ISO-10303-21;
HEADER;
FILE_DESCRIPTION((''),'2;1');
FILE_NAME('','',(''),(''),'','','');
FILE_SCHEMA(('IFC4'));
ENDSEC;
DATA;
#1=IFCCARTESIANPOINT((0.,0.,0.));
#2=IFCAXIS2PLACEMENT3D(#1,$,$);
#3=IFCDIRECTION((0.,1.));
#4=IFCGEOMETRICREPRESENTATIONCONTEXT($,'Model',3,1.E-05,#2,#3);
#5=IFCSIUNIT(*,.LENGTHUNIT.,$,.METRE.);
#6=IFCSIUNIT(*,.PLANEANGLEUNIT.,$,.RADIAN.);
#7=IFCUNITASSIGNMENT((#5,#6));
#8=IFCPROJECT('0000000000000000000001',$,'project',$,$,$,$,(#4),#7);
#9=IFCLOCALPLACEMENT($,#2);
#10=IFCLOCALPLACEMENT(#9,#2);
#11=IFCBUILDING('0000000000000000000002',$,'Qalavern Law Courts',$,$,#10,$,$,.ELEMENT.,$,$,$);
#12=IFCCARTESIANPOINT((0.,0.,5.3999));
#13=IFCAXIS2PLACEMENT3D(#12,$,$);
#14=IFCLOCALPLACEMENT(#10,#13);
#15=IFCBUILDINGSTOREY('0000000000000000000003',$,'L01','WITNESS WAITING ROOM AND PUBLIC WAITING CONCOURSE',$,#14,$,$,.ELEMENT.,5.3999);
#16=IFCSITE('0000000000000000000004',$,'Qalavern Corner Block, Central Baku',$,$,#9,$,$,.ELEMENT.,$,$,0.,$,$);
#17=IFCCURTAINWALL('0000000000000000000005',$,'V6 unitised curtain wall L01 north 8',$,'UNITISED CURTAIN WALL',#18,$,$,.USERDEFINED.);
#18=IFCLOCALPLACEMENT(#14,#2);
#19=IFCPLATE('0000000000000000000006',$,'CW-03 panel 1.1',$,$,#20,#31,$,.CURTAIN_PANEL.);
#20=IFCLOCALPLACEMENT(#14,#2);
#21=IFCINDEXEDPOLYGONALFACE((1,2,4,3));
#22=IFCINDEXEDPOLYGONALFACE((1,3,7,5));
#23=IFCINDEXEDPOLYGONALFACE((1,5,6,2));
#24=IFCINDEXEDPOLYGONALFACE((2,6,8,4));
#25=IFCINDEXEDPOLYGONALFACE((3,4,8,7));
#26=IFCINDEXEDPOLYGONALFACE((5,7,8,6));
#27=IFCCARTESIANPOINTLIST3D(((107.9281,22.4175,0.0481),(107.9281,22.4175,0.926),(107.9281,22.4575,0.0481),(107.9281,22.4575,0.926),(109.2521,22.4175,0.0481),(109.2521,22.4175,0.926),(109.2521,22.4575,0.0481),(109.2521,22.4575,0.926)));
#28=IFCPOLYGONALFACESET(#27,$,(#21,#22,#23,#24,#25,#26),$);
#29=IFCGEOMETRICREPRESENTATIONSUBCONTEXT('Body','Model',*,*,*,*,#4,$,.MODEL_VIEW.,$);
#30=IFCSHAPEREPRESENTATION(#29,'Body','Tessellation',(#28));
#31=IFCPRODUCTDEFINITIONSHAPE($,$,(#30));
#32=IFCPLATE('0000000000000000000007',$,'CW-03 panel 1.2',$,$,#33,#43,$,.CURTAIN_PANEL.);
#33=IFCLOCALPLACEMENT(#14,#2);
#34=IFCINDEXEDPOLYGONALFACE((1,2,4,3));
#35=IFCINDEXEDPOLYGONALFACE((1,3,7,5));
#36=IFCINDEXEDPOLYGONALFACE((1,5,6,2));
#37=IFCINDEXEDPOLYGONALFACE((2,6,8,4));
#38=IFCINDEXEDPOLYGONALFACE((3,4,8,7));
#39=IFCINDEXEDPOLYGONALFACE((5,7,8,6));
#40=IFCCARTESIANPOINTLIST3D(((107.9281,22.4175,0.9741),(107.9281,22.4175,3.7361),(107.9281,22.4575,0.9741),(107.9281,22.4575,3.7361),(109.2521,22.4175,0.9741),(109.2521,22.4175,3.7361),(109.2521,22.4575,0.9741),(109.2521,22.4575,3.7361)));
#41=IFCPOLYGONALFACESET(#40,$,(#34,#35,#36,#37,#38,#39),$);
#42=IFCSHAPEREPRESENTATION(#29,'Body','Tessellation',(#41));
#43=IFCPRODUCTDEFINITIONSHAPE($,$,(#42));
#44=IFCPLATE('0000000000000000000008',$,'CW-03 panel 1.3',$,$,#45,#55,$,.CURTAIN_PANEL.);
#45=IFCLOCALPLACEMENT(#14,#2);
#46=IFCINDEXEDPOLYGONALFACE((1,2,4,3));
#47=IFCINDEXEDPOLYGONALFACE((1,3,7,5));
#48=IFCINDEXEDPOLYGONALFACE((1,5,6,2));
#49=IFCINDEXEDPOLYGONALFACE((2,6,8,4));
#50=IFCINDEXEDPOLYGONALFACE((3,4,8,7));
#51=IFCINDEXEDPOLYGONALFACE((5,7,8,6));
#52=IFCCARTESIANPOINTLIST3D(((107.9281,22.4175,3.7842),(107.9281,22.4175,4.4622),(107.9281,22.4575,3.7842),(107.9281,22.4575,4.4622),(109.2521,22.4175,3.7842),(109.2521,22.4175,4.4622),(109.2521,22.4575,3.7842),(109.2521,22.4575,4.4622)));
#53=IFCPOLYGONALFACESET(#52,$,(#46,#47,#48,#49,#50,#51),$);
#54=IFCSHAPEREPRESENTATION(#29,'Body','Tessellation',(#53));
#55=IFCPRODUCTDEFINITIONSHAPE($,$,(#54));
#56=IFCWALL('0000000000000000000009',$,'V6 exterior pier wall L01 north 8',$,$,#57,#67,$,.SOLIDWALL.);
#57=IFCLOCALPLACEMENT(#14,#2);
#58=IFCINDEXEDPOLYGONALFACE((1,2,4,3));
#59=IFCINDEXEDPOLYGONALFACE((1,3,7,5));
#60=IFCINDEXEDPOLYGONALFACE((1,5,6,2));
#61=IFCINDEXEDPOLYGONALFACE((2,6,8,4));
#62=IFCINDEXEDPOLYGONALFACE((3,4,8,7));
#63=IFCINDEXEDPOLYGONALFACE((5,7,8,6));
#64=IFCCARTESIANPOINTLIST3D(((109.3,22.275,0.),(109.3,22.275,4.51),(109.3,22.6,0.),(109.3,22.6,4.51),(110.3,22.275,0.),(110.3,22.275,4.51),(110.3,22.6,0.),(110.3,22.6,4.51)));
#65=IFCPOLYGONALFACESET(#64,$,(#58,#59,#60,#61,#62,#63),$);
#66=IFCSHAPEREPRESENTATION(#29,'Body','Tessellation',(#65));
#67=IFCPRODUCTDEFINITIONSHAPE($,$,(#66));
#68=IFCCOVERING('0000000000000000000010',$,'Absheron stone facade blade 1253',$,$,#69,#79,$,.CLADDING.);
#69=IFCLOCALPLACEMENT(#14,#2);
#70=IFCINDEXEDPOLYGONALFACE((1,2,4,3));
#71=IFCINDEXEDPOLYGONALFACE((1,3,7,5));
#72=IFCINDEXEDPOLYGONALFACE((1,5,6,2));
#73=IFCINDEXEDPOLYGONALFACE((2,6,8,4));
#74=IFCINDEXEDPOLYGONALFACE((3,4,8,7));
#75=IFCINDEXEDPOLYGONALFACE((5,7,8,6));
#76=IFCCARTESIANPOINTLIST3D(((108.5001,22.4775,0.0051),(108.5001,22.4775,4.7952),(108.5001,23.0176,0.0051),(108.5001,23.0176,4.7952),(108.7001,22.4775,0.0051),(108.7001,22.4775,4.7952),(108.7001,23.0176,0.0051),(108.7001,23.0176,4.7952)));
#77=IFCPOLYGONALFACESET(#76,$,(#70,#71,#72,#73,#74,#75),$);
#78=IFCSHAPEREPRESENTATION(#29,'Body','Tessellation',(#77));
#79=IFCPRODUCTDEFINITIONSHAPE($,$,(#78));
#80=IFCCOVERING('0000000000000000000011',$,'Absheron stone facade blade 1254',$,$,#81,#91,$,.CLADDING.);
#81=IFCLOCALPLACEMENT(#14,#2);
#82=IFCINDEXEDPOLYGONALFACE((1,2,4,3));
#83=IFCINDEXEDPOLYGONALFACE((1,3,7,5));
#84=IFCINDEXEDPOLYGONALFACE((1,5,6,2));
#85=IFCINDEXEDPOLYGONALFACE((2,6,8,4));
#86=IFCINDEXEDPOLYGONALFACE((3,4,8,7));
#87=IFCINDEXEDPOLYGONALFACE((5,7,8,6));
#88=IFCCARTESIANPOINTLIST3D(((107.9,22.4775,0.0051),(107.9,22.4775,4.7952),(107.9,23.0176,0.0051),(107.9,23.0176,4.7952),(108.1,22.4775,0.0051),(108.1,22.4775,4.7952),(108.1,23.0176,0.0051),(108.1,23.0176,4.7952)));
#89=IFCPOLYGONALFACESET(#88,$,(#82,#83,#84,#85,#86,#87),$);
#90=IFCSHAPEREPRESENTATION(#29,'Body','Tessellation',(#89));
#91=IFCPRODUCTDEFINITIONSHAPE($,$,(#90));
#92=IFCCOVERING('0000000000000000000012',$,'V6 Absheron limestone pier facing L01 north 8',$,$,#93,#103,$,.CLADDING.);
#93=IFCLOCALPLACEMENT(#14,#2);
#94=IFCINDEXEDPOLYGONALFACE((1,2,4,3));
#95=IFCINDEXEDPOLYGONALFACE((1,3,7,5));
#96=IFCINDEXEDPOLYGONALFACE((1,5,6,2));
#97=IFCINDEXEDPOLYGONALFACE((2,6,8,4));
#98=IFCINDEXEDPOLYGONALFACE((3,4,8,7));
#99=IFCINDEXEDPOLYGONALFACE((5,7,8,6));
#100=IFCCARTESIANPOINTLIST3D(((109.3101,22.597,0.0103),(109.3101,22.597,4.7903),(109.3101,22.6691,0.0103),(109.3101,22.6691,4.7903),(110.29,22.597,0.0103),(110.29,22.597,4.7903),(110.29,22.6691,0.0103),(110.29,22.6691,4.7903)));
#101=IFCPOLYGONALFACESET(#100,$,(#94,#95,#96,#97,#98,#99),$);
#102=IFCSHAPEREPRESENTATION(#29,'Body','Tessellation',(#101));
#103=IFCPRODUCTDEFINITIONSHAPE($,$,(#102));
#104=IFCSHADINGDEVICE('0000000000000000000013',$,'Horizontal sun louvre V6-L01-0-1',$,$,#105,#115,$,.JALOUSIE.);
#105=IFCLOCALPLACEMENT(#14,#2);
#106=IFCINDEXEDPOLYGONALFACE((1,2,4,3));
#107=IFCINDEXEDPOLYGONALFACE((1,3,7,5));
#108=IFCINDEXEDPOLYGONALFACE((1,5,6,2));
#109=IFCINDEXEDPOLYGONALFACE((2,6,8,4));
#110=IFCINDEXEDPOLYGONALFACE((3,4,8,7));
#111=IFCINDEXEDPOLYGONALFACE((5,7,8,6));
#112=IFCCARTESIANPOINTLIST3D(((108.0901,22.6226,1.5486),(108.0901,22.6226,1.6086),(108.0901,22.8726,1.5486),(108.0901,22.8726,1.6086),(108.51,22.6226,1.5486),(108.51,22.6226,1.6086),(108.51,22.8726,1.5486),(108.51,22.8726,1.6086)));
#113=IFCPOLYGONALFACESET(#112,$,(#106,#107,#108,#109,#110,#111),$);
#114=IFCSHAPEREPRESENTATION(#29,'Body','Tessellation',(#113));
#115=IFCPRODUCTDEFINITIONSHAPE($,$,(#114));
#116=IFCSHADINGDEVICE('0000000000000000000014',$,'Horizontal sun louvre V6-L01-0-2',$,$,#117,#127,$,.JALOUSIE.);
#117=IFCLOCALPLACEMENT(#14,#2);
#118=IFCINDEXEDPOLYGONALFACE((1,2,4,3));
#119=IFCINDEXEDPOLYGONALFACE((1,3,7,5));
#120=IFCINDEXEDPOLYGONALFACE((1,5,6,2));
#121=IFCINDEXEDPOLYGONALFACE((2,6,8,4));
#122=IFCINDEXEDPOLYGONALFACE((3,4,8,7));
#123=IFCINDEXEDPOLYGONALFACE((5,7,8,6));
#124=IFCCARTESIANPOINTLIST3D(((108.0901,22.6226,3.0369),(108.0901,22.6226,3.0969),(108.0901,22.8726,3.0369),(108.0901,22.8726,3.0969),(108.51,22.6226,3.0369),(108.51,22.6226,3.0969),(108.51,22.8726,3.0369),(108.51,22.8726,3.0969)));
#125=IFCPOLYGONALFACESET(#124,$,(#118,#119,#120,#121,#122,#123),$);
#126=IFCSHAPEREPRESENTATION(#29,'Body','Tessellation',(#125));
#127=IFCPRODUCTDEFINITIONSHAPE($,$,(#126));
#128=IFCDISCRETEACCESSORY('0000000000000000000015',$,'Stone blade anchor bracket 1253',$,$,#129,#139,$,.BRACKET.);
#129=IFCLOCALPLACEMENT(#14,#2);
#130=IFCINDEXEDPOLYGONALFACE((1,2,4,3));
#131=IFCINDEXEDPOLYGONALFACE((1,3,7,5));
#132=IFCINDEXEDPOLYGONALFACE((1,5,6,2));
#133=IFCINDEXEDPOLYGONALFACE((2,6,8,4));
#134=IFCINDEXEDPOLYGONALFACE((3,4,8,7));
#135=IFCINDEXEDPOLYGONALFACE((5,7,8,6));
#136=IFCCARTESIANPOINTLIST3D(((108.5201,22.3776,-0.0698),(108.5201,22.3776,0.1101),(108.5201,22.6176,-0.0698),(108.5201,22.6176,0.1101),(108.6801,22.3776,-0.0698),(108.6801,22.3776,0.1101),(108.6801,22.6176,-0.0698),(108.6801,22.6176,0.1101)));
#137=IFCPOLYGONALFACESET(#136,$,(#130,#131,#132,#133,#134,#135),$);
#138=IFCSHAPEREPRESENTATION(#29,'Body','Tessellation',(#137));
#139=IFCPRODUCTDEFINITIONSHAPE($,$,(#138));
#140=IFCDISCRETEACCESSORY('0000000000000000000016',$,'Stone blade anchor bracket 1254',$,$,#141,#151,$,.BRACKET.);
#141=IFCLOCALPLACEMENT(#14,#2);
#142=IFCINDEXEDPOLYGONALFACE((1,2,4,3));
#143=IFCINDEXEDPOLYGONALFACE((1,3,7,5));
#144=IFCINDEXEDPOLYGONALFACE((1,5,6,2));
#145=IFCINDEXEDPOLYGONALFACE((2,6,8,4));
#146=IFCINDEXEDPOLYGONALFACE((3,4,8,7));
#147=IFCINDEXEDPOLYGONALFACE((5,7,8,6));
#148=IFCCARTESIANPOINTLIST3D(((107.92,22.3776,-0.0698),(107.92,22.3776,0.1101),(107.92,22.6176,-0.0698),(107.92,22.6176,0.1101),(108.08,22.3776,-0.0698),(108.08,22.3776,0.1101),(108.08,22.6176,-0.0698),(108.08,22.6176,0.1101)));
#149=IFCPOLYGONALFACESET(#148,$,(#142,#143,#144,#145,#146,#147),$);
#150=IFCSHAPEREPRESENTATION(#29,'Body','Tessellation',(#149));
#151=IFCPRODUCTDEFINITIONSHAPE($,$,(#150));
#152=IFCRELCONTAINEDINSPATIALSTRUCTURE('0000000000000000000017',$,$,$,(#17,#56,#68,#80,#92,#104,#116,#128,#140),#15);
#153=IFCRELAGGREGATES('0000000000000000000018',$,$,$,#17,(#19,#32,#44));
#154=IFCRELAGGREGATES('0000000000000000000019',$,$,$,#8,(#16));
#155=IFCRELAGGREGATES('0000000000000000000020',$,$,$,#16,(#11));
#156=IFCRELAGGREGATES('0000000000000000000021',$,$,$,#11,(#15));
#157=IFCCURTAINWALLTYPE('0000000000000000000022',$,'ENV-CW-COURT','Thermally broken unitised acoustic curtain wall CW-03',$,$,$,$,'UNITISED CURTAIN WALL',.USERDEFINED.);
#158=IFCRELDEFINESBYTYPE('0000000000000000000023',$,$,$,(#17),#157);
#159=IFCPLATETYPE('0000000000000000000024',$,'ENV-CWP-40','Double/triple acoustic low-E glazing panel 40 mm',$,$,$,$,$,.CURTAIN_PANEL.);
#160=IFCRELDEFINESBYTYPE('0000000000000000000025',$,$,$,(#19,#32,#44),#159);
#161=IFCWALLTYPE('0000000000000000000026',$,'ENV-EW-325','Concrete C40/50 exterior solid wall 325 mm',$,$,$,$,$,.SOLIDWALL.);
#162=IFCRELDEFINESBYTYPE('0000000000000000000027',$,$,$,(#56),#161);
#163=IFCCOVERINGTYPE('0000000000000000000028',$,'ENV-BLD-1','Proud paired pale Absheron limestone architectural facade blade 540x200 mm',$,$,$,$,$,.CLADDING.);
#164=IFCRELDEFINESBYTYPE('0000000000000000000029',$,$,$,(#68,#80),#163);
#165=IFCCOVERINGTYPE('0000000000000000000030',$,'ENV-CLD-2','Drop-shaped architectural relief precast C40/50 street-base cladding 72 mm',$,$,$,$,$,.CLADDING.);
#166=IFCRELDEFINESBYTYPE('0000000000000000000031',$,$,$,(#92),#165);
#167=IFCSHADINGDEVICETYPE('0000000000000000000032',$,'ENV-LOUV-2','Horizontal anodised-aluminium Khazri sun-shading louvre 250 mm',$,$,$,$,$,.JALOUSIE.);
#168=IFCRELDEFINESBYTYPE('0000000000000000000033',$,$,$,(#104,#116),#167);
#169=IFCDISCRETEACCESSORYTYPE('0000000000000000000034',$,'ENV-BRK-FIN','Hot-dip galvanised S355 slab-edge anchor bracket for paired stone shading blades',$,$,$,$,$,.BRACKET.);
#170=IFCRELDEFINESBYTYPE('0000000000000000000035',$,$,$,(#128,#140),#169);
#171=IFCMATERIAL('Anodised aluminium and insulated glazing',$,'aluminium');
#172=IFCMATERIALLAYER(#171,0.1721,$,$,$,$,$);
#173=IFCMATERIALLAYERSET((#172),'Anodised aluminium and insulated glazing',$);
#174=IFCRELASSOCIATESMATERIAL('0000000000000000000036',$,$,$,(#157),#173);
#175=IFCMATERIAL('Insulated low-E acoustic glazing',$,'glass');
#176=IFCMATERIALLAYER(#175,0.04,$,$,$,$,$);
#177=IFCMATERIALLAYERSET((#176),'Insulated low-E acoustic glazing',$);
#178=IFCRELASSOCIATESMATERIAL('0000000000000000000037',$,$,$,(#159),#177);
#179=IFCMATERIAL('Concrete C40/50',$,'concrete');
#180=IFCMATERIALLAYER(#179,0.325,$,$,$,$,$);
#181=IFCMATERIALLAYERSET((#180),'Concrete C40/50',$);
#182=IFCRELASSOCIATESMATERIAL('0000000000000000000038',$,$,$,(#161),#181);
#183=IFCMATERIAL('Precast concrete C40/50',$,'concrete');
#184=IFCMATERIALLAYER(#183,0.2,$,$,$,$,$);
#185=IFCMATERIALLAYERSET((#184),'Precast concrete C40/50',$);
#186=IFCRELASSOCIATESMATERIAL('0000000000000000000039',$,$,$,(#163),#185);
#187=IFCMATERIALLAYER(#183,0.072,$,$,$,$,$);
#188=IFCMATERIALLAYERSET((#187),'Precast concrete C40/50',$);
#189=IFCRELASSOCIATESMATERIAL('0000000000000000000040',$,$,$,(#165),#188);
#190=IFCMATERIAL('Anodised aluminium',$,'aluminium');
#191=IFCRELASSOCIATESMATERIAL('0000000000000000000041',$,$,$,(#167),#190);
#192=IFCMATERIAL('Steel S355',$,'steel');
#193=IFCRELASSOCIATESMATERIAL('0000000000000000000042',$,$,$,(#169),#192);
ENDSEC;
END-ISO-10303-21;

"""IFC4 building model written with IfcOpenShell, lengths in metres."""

from ifc_helpers import new_model, si_unit, direction, frame, frame_2d, origin, origin_2d, place, context, subcontext, project, spatial, rectangle, extrude, material, layer, layer_set, type_object, element, aggregate, save


model = new_model("IFC4")

# Units and contexts
model_context = context("Model", 3, precision=1e-05, world=origin(), true_north=direction((0.0, 1.0)))
body_context = subcontext(model_context, "Body", "Model", "MODEL_VIEW")
ifc_project = project(units=[si_unit("LENGTHUNIT", "METRE"), si_unit("PLANEANGLEUNIT", "RADIAN")], contexts=[model_context])

# Site, building, storey
site_placement = place(None, origin())
site = spatial("IfcSite", under=ifc_project, at=site_placement, Name="Qalavern Corner Block, Central Baku", CompositionType="ELEMENT", RefElevation=0.0)
building_placement = place(site_placement, origin())
building = spatial("IfcBuilding", under=site, at=building_placement, Name="Qalavern Law Courts", CompositionType="ELEMENT")
storey_placement = place(building_placement, frame((0.0, 0.0, 5.3999)))
storey = spatial("IfcBuildingStorey", under=building, at=storey_placement, Name="L01", Description="WITNESS WAITING ROOM AND PUBLIC WAITING CONCOURSE", CompositionType="ELEMENT", Elevation=5.3999)

# Shared definitions
ifc_material_1 = material(Name="Anodised aluminium and insulated glazing", Category="aluminium")
ifc_layer_1 = layer(ifc_material_1, 0.1721)
ifc_layer_set_1 = layer_set([ifc_layer_1], Name="Anodised aluminium and insulated glazing")
curtain_wall_type = type_object("IfcCurtainWallType", Name="ENV-CW-COURT", Description="Thermally broken unitised acoustic curtain wall CW-03", ElementType="UNITISED CURTAIN WALL", PredefinedType="USERDEFINED", material=ifc_layer_set_1)
ifc_material_2 = material(Name="Anodised aluminium", Category="aluminium")

# Curtain wall, plates
curtain_wall_1_placement = place(storey_placement, origin())
curtain_wall_1 = element("IfcCurtainWall", 1, at=curtain_wall_1_placement, inside=storey, type_object=curtain_wall_type, Name="V6 unitised curtain wall L01 north 8", ObjectType="UNITISED CURTAIN WALL", PredefinedType="USERDEFINED")
ifc_material_3 = material(Name="Insulated low-E acoustic glazing", Category="glass")
ifc_layer_2 = layer(ifc_material_3, 0.04)
ifc_layer_set_2 = layer_set([ifc_layer_2], Name="Insulated low-E acoustic glazing")
plate_type = type_object("IfcPlateType", Name="ENV-CWP-40", Description="Double/triple acoustic low-E glazing panel 40 mm", PredefinedType="CURTAIN_PANEL", material=ifc_layer_set_2)
plate_1_placement = place(storey_placement, frame((108.5901, 22.4375, 0.0481), z_axis=(0.0, 0.0, 1.0), x_axis=(-1.0, 0.0, 0.0)))
plate_1 = element("IfcPlate", 2, at=plate_1_placement, type_object=plate_type, Name="CW-03 panel 1.1", PredefinedType="CURTAIN_PANEL", context=body_context, shape_type="SweptSolid", body=[
    extrude(rectangle(XDim=1.324, YDim=0.04, at=origin_2d()), origin(), (0.0, 0.0, 1.0), 0.8779),
])
plate_2_placement = place(storey_placement, frame((108.5901, 22.4375, 0.9741), z_axis=(0.0, 0.0, 1.0), x_axis=(-1.0, 0.0, 0.0)))
plate_2 = element("IfcPlate", 3, at=plate_2_placement, type_object=plate_type, Name="CW-03 panel 1.2", PredefinedType="CURTAIN_PANEL", context=body_context, shape_type="SweptSolid", body=[
    extrude(rectangle(XDim=1.324, YDim=0.04, at=origin_2d()), origin(), (0.0, 0.0, 1.0), 2.762),
])
plate_3_placement = place(storey_placement, frame((108.5901, 22.4375, 3.7842), z_axis=(0.0, 0.0, 1.0), x_axis=(-1.0, 0.0, 0.0)))
plate_3 = element("IfcPlate", 4, at=plate_3_placement, type_object=plate_type, Name="CW-03 panel 1.3", PredefinedType="CURTAIN_PANEL", context=body_context, shape_type="SweptSolid", body=[
    extrude(rectangle(XDim=1.324, YDim=0.04, at=origin_2d()), origin(), (0.0, 0.0, 1.0), 0.678),
])
aggregate(curtain_wall_1, [plate_1, plate_2, plate_3])

# Wall
ifc_material_4 = material(Name="Concrete C40/50", Category="concrete")
ifc_layer_3 = layer(ifc_material_4, 0.325)
ifc_layer_set_3 = layer_set([ifc_layer_3], Name="Concrete C40/50")
wall_type = type_object("IfcWallType", Name="ENV-EW-325", Description="Concrete C40/50 exterior solid wall 325 mm", PredefinedType="SOLIDWALL", material=ifc_layer_set_3)
wall_placement = place(storey_placement, frame((110.3, 22.4375, 0.0), z_axis=(0.0, 0.0, 1.0), x_axis=(-1.0, 0.0, 0.0)))
element("IfcWall", 5, at=wall_placement, inside=storey, type_object=wall_type, Name="V6 exterior pier wall L01 north 8", PredefinedType="SOLIDWALL", context=body_context, shape_type="SweptSolid", body=[
    extrude(rectangle(XDim=1.0, YDim=0.325, at=frame_2d((0.5, 0.0))), origin(), (0.0, 0.0, 1.0), 4.51),
])

# Coverings
ifc_material_5 = material(Name="Precast concrete C40/50", Category="concrete")
ifc_layer_4 = layer(ifc_material_5, 0.2)
ifc_layer_set_4 = layer_set([ifc_layer_4], Name="Precast concrete C40/50")
covering_type_1 = type_object("IfcCoveringType", Name="ENV-BLD-1", Description="Proud paired pale Absheron limestone architectural facade blade 540x200 mm", PredefinedType="CLADDING", material=ifc_layer_set_4)
for number, where, z_axis, x_axis, name in (
    (6, (108.6001, 22.7476, 0.0051), (0.0, 0.0, 1.0), (0.0, 1.0, 0.0), "Absheron stone facade blade 1253"),
    (7, (108.0, 22.7476, 0.0051), (0.0, 0.0, 1.0), (0.0, 1.0, 0.0), "Absheron stone facade blade 1254"),
):
    element("IfcCovering", number, at=place(storey_placement, frame(where, z_axis=z_axis, x_axis=x_axis)), inside=storey, type_object=covering_type_1, Name=name, PredefinedType="CLADDING", context=body_context, shape_type="SweptSolid", body=[
        extrude(rectangle(XDim=0.54, YDim=0.2, at=origin_2d()), origin(), (0.0, 0.0, 1.0), 4.79),
    ])
ifc_layer_5 = layer(ifc_material_5, 0.072)
ifc_layer_set_5 = layer_set([ifc_layer_5], Name="Precast concrete C40/50")
covering_type_2 = type_object("IfcCoveringType", Name="ENV-CLD-2", Description="Drop-shaped architectural relief precast C40/50 street-base cladding 72 mm", PredefinedType="CLADDING", material=ifc_layer_set_5)
covering_placement = place(storey_placement, frame((109.8, 22.6331, 0.0103), z_axis=(0.0, 0.0, 1.0), x_axis=(-1.0, 0.0, 0.0)))
element("IfcCovering", 8, at=covering_placement, inside=storey, type_object=covering_type_2, Name="V6 Absheron limestone pier facing L01 north 8", PredefinedType="CLADDING", context=body_context, shape_type="SweptSolid", body=[
    extrude(rectangle(XDim=0.98, YDim=0.072, at=origin_2d()), origin(), (0.0, 0.0, 1.0), 4.78),
])

# Shading devices
shading_device_type = type_object("IfcShadingDeviceType", Name="ENV-LOUV-2", Description="Horizontal anodised-aluminium Khazri sun-shading louvre 250 mm", PredefinedType="JALOUSIE", material=ifc_material_2)
for number, where, z_axis, x_axis, name in (
    (9, (108.3, 22.7476, 1.5486), (0.0, 0.0, 1.0), (-1.0, 0.0, 0.0), "Horizontal sun louvre V6-L01-0-1"),
    (10, (108.3, 22.7476, 3.0369), (0.0, 0.0, 1.0), (-1.0, 0.0, 0.0), "Horizontal sun louvre V6-L01-0-2"),
):
    element("IfcShadingDevice", number, at=place(storey_placement, frame(where, z_axis=z_axis, x_axis=x_axis)), inside=storey, type_object=shading_device_type, Name=name, PredefinedType="JALOUSIE", context=body_context, shape_type="SweptSolid", body=[
        extrude(rectangle(XDim=0.4199, YDim=0.25, at=origin_2d()), origin(), (0.0, 0.0, 1.0), 0.0601),
    ])

# Discrete accessories
ifc_material_6 = material(Name="Steel S355", Category="steel")
discrete_accessory_type = type_object("IfcDiscreteAccessoryType", Name="ENV-BRK-FIN", Description="Hot-dip galvanised S355 slab-edge anchor bracket for paired stone shading blades", PredefinedType="BRACKET", material=ifc_material_6)
for number, where, z_axis, x_axis, name in (
    (11, (108.6001, 22.4976, -0.0698), (0.0, 0.0, 1.0), (0.0, 1.0, 0.0), "Stone blade anchor bracket 1253"),
    (12, (108.0, 22.4976, -0.0698), (0.0, 0.0, 1.0), (0.0, 1.0, 0.0), "Stone blade anchor bracket 1254"),
):
    element("IfcDiscreteAccessory", number, at=place(storey_placement, frame(where, z_axis=z_axis, x_axis=x_axis)), inside=storey, type_object=discrete_accessory_type, Name=name, PredefinedType="BRACKET", context=body_context, shape_type="SweptSolid", body=[
        extrude(rectangle(XDim=0.24, YDim=0.1599, at=origin_2d()), origin(), (0.0, 0.0, 1.0), 0.1799),
    ])

save(model, "model.ifc")
